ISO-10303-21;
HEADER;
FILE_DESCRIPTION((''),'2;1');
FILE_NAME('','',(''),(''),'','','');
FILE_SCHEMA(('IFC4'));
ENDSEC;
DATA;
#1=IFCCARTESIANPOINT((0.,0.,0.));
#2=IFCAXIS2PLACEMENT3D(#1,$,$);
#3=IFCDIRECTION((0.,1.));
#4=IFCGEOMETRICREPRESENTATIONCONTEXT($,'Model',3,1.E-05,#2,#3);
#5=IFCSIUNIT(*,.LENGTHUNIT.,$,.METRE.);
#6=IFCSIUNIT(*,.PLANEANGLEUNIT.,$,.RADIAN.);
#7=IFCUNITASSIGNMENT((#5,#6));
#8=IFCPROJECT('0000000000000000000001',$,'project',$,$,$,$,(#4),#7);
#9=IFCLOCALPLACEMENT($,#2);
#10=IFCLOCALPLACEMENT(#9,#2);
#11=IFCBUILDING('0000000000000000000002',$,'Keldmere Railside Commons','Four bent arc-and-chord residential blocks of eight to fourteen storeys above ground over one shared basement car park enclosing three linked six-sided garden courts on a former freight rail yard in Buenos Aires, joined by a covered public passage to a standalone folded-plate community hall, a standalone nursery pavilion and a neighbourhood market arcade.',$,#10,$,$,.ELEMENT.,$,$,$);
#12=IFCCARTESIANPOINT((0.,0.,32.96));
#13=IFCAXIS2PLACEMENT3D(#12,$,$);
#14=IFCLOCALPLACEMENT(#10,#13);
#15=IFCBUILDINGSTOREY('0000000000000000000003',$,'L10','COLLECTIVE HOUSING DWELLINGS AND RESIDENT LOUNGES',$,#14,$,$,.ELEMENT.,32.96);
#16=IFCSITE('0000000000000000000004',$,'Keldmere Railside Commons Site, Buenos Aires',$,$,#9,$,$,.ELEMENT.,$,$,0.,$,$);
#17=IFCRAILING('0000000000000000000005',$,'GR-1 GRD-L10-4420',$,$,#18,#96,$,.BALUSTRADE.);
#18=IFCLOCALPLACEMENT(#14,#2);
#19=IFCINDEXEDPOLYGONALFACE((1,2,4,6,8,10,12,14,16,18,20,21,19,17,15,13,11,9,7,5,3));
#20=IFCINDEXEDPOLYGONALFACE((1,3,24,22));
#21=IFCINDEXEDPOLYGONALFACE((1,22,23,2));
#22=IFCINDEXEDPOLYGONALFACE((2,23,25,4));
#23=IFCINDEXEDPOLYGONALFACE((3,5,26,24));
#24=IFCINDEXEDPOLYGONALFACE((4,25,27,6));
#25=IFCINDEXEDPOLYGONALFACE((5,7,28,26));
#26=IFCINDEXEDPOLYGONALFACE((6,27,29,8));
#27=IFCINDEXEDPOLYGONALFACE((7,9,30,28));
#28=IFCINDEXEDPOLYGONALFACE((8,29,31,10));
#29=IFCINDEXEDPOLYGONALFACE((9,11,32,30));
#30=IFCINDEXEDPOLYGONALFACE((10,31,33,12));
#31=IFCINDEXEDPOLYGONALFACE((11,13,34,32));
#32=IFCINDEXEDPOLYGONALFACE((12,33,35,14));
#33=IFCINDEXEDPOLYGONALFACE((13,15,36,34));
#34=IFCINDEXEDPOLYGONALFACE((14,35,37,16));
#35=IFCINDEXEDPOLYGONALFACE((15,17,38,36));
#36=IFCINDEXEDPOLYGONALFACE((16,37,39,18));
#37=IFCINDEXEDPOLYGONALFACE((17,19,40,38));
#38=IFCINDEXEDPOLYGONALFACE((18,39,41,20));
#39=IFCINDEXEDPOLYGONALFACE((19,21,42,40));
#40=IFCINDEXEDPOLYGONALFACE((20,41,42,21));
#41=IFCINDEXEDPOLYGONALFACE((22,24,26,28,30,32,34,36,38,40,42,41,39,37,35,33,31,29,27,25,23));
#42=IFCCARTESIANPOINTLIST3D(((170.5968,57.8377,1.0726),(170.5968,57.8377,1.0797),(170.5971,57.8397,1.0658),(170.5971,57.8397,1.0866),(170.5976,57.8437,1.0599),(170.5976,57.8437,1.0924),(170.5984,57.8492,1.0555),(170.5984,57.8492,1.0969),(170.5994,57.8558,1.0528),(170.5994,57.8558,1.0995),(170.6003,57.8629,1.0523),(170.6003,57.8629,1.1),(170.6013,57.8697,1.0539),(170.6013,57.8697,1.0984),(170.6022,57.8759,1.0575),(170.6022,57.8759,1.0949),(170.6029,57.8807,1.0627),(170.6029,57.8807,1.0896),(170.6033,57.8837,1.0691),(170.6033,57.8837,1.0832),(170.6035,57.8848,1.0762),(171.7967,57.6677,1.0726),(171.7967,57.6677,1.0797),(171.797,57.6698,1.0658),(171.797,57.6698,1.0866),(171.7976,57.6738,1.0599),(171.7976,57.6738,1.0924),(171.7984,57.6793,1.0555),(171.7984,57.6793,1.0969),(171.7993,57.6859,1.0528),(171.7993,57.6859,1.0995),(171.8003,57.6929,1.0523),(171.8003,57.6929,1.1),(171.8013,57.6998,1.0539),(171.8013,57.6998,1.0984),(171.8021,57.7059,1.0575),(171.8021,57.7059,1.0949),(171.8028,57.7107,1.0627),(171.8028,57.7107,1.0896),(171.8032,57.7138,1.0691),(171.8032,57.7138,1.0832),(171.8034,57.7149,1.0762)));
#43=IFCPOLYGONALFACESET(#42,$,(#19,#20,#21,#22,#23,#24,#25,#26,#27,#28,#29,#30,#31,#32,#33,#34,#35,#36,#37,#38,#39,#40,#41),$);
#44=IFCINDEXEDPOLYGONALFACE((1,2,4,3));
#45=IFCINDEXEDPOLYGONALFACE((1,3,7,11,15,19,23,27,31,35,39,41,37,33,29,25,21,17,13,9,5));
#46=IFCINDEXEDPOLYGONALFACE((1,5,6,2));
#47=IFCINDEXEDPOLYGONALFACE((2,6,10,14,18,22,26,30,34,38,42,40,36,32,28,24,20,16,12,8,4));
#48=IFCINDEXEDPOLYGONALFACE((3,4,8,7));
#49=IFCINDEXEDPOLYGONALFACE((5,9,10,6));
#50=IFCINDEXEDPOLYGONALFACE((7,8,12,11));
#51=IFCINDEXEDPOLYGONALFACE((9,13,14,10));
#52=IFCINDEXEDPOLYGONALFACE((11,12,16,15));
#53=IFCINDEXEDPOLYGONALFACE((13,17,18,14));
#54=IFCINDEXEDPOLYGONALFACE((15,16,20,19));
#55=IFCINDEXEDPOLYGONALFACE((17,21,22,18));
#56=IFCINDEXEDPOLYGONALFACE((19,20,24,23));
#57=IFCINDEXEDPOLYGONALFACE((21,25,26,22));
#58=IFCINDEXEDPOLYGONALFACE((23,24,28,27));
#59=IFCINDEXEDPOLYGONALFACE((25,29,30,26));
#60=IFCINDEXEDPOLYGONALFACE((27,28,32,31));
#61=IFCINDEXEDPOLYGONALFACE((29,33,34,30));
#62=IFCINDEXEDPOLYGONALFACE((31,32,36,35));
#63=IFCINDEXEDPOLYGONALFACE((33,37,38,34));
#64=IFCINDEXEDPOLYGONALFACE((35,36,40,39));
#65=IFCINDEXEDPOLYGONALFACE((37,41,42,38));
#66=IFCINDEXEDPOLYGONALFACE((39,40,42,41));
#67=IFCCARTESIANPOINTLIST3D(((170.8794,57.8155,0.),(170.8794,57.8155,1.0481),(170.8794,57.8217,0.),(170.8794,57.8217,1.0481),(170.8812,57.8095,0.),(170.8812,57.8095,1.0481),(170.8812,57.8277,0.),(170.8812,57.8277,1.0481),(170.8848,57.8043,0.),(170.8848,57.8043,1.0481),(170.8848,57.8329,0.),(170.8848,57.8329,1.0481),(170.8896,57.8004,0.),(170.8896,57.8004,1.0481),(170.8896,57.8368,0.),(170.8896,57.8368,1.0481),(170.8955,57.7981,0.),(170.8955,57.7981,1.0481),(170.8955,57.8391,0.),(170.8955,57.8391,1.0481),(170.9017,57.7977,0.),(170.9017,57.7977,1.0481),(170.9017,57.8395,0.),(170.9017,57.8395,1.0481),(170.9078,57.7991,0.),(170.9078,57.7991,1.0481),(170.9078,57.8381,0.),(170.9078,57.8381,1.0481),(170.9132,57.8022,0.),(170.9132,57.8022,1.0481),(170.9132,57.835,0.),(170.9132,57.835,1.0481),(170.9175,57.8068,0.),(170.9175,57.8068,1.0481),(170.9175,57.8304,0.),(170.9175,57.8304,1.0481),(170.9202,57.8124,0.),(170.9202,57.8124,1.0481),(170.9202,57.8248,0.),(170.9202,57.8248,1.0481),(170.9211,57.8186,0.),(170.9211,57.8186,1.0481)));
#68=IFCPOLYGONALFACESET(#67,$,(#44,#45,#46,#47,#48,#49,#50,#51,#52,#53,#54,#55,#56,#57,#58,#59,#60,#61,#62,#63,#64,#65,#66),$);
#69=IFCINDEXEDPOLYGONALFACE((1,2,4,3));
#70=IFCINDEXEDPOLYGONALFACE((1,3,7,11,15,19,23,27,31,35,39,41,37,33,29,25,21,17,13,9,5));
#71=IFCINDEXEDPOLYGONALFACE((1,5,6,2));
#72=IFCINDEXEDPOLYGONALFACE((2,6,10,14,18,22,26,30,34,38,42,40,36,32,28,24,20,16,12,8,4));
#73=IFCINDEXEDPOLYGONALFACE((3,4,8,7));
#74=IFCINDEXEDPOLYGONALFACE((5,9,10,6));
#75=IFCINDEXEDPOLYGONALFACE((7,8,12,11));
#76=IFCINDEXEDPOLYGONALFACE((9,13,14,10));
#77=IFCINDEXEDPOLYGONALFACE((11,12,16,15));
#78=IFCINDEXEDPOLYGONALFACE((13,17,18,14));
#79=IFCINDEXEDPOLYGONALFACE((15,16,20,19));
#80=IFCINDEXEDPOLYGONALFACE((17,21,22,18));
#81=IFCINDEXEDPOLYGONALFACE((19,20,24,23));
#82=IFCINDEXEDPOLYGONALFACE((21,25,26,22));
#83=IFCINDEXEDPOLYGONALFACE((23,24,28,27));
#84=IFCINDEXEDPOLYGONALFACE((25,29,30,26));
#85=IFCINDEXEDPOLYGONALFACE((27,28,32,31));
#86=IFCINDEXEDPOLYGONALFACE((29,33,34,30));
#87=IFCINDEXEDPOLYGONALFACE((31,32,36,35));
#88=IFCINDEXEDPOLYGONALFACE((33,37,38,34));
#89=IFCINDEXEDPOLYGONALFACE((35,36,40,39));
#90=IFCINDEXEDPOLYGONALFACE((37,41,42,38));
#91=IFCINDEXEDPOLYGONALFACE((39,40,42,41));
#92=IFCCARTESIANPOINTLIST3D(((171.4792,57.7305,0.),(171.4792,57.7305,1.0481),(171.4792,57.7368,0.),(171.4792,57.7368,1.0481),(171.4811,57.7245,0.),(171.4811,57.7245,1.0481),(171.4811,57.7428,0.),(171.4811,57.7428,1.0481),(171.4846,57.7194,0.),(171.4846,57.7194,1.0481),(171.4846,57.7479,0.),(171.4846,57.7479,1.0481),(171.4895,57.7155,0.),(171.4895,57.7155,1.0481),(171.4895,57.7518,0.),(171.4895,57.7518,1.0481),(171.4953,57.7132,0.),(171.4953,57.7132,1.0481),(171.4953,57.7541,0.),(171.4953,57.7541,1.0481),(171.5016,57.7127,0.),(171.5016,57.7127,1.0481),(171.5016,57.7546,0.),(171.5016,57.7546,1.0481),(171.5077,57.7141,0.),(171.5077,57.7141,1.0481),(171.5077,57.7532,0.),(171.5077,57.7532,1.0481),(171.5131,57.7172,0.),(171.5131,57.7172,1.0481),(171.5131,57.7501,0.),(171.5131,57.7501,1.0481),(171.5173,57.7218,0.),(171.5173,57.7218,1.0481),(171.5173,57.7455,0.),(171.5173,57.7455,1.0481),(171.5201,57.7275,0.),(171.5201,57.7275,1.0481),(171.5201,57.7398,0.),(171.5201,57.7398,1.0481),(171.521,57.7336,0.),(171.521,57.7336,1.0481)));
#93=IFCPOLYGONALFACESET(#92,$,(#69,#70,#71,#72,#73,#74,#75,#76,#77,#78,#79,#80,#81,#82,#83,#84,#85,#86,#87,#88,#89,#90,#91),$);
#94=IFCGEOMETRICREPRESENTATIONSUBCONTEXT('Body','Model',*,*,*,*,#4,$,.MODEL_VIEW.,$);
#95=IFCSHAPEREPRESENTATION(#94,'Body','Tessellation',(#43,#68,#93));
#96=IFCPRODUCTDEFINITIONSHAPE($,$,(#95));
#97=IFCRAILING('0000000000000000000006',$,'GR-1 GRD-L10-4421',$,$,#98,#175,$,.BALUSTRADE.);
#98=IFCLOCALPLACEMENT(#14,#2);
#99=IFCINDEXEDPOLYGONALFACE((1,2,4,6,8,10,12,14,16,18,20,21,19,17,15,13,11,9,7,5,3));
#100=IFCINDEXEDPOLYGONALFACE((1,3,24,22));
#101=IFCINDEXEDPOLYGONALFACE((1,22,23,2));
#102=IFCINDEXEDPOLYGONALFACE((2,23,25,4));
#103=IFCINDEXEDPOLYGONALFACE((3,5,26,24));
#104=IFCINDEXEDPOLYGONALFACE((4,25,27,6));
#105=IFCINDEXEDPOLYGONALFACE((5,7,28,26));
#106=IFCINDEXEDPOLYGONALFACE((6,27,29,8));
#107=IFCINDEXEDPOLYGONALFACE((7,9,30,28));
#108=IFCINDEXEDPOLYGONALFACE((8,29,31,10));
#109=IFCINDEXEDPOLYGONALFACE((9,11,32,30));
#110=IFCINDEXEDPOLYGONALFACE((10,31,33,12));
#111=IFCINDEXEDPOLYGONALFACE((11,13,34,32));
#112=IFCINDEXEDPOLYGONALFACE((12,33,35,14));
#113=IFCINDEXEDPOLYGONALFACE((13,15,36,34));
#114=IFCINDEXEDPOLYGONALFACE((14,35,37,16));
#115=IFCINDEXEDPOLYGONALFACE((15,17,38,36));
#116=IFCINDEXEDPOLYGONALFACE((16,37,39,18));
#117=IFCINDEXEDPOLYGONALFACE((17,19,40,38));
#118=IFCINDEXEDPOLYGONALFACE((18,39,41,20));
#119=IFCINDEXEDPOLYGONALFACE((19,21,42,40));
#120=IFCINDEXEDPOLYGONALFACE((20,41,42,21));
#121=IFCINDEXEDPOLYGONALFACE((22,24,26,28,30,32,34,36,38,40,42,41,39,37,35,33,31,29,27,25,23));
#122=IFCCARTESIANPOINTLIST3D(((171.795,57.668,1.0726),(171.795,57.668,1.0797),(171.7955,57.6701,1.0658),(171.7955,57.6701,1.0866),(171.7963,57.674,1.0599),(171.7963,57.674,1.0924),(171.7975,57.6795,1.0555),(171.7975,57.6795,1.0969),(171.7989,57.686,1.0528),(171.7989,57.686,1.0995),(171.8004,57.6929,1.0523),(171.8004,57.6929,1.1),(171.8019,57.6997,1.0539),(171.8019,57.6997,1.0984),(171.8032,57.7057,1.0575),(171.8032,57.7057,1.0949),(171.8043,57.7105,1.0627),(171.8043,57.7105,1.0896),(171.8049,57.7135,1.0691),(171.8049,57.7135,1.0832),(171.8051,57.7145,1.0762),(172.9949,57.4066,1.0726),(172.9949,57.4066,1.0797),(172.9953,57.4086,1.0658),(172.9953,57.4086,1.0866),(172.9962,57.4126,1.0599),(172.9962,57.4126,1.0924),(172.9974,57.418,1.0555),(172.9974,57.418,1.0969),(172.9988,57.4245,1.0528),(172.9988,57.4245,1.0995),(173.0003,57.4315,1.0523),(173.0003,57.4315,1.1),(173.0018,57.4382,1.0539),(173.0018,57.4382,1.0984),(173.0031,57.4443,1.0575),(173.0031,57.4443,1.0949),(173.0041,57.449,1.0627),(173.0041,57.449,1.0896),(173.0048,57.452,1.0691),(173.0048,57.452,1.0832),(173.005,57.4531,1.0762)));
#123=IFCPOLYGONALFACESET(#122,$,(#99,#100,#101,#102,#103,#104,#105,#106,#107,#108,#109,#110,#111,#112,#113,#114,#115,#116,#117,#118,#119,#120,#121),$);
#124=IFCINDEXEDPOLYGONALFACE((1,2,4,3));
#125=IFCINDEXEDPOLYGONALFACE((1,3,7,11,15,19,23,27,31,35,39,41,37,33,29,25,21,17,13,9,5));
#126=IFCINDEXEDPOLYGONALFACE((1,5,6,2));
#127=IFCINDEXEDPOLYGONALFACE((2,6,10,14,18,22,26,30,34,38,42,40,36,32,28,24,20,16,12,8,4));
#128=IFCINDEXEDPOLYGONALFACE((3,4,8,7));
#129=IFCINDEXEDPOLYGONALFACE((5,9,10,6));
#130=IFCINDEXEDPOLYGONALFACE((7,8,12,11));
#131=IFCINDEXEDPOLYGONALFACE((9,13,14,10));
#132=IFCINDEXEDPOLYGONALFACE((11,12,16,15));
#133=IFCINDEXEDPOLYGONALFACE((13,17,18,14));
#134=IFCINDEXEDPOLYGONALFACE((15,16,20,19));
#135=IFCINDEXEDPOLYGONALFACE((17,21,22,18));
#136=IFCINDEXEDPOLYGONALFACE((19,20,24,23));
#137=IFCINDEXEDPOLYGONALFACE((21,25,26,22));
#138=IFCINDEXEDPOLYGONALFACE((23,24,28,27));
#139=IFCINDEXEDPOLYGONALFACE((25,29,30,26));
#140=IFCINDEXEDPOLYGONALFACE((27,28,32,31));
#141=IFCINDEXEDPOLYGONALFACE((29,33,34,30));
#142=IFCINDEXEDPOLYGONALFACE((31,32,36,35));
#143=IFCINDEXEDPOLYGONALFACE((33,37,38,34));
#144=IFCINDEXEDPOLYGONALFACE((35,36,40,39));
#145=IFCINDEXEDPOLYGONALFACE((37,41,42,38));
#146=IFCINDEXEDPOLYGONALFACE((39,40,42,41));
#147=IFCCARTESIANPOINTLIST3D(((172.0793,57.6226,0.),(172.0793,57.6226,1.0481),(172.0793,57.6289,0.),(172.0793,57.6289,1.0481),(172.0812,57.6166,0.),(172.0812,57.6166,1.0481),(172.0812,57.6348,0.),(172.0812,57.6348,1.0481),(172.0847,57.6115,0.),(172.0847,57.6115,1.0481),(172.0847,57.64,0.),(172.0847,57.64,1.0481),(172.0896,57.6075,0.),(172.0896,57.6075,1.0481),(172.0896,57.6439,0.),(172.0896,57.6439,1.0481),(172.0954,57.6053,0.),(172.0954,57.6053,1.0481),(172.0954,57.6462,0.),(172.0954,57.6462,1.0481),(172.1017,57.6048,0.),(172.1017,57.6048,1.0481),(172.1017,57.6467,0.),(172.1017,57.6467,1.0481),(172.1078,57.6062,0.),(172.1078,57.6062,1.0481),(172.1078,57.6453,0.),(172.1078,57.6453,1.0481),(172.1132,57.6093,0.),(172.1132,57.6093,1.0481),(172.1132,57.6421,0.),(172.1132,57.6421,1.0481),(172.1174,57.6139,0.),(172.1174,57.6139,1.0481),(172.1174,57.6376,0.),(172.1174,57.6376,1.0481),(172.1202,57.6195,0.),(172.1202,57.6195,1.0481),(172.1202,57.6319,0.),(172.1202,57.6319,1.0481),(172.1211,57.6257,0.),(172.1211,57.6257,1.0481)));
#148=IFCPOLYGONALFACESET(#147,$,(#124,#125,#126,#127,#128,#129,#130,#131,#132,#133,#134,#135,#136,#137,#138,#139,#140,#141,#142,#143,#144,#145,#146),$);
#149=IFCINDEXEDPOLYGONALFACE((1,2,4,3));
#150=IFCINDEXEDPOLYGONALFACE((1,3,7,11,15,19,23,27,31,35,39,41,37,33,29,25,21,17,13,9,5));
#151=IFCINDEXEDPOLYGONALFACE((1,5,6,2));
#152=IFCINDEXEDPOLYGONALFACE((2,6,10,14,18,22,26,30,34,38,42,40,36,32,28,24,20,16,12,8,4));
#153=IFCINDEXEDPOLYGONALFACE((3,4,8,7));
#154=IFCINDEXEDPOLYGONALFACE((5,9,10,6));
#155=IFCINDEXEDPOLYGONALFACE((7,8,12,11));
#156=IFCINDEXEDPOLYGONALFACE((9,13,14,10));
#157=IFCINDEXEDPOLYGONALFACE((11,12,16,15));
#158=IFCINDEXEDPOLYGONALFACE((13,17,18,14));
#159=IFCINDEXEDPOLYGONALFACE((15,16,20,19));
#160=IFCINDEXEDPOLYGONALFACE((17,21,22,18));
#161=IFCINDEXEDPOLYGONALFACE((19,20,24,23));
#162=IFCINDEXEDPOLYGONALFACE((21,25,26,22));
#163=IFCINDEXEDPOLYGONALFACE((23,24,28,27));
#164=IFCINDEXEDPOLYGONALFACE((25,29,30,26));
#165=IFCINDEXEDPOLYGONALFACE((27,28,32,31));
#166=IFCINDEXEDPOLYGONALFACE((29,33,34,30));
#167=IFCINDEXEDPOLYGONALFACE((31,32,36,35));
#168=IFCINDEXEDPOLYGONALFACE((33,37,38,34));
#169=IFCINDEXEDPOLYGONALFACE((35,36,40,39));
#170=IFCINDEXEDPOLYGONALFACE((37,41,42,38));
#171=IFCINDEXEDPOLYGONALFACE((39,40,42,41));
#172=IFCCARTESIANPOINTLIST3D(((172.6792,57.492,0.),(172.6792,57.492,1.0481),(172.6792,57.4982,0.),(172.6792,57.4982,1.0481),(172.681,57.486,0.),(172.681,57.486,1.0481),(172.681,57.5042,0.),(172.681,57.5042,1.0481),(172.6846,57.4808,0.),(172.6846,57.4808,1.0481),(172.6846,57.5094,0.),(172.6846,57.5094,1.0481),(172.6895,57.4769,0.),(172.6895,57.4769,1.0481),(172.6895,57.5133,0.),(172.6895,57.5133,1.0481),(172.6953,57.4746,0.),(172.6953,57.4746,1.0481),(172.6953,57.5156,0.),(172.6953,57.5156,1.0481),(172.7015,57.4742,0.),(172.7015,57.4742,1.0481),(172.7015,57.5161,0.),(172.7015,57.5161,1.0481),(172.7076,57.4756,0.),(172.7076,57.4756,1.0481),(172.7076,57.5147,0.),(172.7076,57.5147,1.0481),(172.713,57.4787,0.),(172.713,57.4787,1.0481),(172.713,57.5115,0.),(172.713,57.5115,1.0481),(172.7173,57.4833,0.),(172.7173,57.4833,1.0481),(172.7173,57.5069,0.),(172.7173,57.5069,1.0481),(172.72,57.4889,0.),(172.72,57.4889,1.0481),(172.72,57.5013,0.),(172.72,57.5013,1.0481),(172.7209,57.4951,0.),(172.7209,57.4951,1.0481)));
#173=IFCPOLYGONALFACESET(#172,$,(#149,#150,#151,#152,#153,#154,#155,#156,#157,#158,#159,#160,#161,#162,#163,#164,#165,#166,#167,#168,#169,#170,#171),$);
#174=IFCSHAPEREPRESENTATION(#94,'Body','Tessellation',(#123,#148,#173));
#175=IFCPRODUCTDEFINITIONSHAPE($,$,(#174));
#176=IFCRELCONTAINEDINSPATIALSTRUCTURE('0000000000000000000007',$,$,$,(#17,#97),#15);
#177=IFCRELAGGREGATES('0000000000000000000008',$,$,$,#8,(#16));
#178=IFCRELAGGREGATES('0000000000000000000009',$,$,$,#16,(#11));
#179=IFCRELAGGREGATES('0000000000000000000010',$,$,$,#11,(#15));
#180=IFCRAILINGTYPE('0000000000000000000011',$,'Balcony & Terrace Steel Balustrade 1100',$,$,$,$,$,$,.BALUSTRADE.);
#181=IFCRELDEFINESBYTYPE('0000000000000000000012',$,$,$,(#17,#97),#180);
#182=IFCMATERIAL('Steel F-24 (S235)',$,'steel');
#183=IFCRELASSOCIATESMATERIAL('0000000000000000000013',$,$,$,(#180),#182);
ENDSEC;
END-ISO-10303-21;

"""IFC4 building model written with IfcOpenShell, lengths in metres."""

from ifc_helpers import new_model, si_unit, direction, frame, origin, origin_2d, place, context, subcontext, project, spatial, circle, extrude, material, type_object, element, save


model = new_model("IFC4")

# Units and contexts
model_context = context("Model", 3, precision=1e-05, world=origin(), true_north=direction((0.0, 1.0)))
body_context = subcontext(model_context, "Body", "Model", "MODEL_VIEW")
ifc_project = project(units=[si_unit("LENGTHUNIT", "METRE"), si_unit("PLANEANGLEUNIT", "RADIAN")], contexts=[model_context])

# Site, building, storey
site_placement = place(None, origin())
site = spatial("IfcSite", under=ifc_project, at=site_placement, Name="Keldmere Railside Commons Site, Buenos Aires", CompositionType="ELEMENT", RefElevation=0.0)
building_placement = place(site_placement, origin())
building = spatial("IfcBuilding", under=site, at=building_placement, Name="Keldmere Railside Commons", Description="Four bent arc-and-chord residential blocks of eight to fourteen storeys above ground over one shared basement car park enclosing three linked six-sided garden courts on a former freight rail yard in Buenos Aires, joined by a covered public passage to a standalone folded-plate community hall, a standalone nursery pavilion and a neighbourhood market arcade.", CompositionType="ELEMENT")
storey_placement = place(building_placement, frame((0.0, 0.0, 32.96)))
storey = spatial("IfcBuildingStorey", under=building, at=storey_placement, Name="L10", Description="COLLECTIVE HOUSING DWELLINGS AND RESIDENT LOUNGES", CompositionType="ELEMENT", Elevation=32.96)

# Railings
ifc_material_1 = material(Name="Steel F-24 (S235)", Category="steel")
railing_type = type_object("IfcRailingType", Name="Balcony & Terrace Steel Balustrade 1100", PredefinedType="BALUSTRADE", material=ifc_material_1)
railing_1_placement = place(storey_placement, frame((170.6001, 57.8611, 0.0)))
element("IfcRailing", 1, at=railing_1_placement, inside=storey, type_object=railing_type, Name="GR-1 GRD-L10-4420", PredefinedType="BALUSTRADE", context=body_context, shape_type="SweptSolid", body=[
    extrude(circle(Radius=0.0239, at=origin_2d()), frame((0.0, 0.0, 1.0762), z_axis=(0.990122, -0.140209, 0.0), x_axis=(0.140209, 0.990122, 0.0)), (0.0, 0.0, 1.0), 1.2119),
    extrude(circle(Radius=0.021, at=origin_2d()), frame((0.3, -0.0425, 0.0)), (0.0, 0.0, 1.0), 1.0481),
    extrude(circle(Radius=0.021, at=origin_2d()), frame((0.8999, -0.1274, 0.0)), (0.0, 0.0, 1.0), 1.0481),
])
railing_2_placement = place(storey_placement, frame((171.8, 57.6912, 0.0)))
element("IfcRailing", 2, at=railing_2_placement, inside=storey, type_object=railing_type, Name="GR-1 GRD-L10-4421", PredefinedType="BALUSTRADE", context=body_context, shape_type="SweptSolid", body=[
    extrude(circle(Radius=0.0239, at=origin_2d()), frame((0.0, 0.0, 1.0762), z_axis=(0.977072, -0.212908, 0.0), x_axis=(0.212908, 0.977072, 0.0)), (0.0, 0.0, 1.0), 1.228),
    extrude(circle(Radius=0.021, at=origin_2d()), frame((0.3, -0.0654, 0.0)), (0.0, 0.0, 1.0), 1.0481),
    extrude(circle(Radius=0.021, at=origin_2d()), frame((0.8999, -0.196, 0.0)), (0.0, 0.0, 1.0), 1.0481),
])

save(model, "model.ifc")
